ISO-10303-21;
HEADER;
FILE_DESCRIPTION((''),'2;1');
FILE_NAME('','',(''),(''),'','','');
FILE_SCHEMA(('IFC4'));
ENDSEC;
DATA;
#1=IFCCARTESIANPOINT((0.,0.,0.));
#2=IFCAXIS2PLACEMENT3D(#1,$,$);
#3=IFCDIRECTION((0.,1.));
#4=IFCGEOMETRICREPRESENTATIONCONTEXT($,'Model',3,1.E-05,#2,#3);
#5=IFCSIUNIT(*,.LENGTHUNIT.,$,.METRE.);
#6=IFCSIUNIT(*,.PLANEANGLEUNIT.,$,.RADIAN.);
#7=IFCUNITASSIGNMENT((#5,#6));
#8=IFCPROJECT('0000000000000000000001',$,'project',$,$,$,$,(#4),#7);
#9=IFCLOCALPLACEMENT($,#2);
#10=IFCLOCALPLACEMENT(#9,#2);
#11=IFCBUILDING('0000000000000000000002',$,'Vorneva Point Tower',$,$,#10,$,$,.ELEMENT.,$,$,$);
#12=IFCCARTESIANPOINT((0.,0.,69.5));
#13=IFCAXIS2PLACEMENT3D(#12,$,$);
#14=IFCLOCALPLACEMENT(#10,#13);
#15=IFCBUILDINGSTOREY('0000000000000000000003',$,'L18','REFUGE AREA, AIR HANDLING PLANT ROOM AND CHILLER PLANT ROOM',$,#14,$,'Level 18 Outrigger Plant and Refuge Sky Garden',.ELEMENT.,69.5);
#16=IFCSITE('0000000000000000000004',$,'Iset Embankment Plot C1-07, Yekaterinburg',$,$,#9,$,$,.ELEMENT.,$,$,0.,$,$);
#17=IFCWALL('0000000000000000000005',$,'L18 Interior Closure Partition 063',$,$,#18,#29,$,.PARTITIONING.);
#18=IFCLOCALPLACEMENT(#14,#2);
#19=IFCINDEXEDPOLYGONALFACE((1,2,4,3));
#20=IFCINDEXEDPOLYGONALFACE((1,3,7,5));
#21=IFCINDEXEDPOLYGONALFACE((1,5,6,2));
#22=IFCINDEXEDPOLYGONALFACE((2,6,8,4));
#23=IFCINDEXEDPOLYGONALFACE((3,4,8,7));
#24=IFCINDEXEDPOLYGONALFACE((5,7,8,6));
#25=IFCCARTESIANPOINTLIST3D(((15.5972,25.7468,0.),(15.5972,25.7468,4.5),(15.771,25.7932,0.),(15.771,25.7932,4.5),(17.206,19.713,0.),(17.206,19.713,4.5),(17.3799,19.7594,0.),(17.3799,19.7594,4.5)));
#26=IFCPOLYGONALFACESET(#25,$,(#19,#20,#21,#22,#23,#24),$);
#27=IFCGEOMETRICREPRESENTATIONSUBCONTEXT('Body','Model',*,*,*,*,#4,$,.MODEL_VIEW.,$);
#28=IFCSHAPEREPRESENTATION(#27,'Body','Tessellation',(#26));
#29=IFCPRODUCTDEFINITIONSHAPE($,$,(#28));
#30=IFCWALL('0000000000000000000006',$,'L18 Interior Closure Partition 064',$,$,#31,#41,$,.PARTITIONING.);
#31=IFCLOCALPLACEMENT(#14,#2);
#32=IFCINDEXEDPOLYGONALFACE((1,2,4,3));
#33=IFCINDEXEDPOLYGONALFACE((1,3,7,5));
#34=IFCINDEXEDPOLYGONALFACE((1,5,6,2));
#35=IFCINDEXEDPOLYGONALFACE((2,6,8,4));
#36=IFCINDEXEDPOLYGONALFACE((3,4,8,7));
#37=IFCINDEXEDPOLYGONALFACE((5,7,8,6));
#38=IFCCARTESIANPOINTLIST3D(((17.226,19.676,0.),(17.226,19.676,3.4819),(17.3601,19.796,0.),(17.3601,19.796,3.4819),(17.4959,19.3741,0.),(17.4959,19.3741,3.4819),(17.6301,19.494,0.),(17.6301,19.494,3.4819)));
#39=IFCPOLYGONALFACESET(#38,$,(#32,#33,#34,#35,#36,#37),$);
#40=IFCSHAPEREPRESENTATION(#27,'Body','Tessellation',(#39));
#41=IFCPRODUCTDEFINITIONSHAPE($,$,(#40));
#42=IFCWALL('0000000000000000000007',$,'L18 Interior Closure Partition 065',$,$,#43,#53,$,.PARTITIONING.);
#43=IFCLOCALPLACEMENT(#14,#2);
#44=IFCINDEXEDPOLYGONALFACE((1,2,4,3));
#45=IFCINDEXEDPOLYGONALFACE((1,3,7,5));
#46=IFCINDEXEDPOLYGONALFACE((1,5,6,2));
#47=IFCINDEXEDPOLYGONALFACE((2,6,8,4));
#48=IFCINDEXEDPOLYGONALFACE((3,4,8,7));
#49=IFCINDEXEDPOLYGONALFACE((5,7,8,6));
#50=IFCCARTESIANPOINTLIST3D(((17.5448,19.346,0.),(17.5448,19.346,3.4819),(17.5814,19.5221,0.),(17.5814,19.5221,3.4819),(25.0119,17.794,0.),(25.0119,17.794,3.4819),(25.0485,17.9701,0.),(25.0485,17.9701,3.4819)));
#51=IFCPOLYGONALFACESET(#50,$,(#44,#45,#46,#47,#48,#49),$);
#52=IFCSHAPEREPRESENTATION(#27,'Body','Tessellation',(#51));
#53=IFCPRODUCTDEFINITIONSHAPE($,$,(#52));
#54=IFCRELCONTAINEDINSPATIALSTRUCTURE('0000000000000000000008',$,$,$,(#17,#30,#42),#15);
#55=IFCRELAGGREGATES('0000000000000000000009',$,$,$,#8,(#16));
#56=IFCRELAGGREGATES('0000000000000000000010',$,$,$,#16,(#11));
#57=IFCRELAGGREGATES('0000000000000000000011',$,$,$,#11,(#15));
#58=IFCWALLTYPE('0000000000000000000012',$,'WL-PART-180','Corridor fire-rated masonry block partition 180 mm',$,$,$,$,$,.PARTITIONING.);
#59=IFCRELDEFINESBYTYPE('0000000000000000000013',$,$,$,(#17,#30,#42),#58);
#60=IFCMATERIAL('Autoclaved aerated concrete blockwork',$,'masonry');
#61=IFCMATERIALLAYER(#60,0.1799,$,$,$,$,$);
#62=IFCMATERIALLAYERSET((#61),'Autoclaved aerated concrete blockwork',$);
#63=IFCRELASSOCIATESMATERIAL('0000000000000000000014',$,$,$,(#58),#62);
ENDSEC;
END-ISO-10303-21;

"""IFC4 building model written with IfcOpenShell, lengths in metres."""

from ifc_helpers import new_model, si_unit, direction, frame, frame_2d, origin, place, context, subcontext, project, spatial, rectangle, extrude, material, layer, layer_set, type_object, element, save


model = new_model("IFC4")

# Units and contexts
model_context = context("Model", 3, precision=1e-05, world=origin(), true_north=direction((0.0, 1.0)))
body_context = subcontext(model_context, "Body", "Model", "MODEL_VIEW")
ifc_project = project(units=[si_unit("LENGTHUNIT", "METRE"), si_unit("PLANEANGLEUNIT", "RADIAN")], contexts=[model_context])

# Site, building, storey
site_placement = place(None, origin())
site = spatial("IfcSite", under=ifc_project, at=site_placement, Name="Iset Embankment Plot C1-07, Yekaterinburg", CompositionType="ELEMENT", RefElevation=0.0)
building_placement = place(site_placement, origin())
building = spatial("IfcBuilding", under=site, at=building_placement, Name="Vorneva Point Tower", CompositionType="ELEMENT")
storey_placement = place(building_placement, frame((0.0, 0.0, 69.5)))
storey = spatial("IfcBuildingStorey", under=building, at=storey_placement, Name="L18", Description="REFUGE AREA, AIR HANDLING PLANT ROOM AND CHILLER PLANT ROOM", LongName="Level 18 Outrigger Plant and Refuge Sky Garden", CompositionType="ELEMENT", Elevation=69.5)

# Walls
ifc_material_1 = material(Name="Autoclaved aerated concrete blockwork", Category="masonry")
ifc_layer_1 = layer(ifc_material_1, 0.1799)
ifc_layer_set_1 = layer_set([ifc_layer_1], Name="Autoclaved aerated concrete blockwork")
wall_type_1 = type_object("IfcWallType", Name="WL-PART-180", Description="Corridor fire-rated masonry block partition 180 mm", PredefinedType="PARTITIONING", material=ifc_layer_set_1)
wall_1_placement = place(storey_placement, frame((15.6841, 25.77, 0.0), z_axis=(0.0, 0.0, 1.0), x_axis=(0.257638, -0.966241, 0.0)))
element("IfcWall", 1, at=wall_1_placement, inside=storey, type_object=wall_type_1, Name="L18 Interior Closure Partition 063", PredefinedType="PARTITIONING", context=body_context, shape_type="SweptSolid", body=[
    extrude(rectangle(XDim=6.2446, YDim=0.1799, at=frame_2d((3.1223, 0.0))), origin(), (0.0, 0.0, 1.0), 4.5),
])
wall_2_placement = place(storey_placement, frame((17.293, 19.7361, 0.0), z_axis=(0.0, 0.0, 1.0), x_axis=(0.666531, -0.745478, 0.0)))
element("IfcWall", 2, at=wall_2_placement, inside=storey, type_object=wall_type_1, Name="L18 Interior Closure Partition 064", PredefinedType="PARTITIONING", context=body_context, shape_type="SweptSolid", body=[
    extrude(rectangle(XDim=0.405, YDim=0.1799, at=frame_2d((0.2026, 0.0))), origin(), (0.0, 0.0, 1.0), 3.4819),
])
wall_3_placement = place(storey_placement, frame((17.563, 19.4341, 0.0), z_axis=(0.0, 0.0, 1.0), x_axis=(0.979075, -0.203498, 0.0)))
element("IfcWall", 3, at=wall_3_placement, inside=storey, type_object=wall_type_1, Name="L18 Interior Closure Partition 065", PredefinedType="PARTITIONING", context=body_context, shape_type="SweptSolid", body=[
    extrude(rectangle(XDim=7.6267, YDim=0.1799, at=frame_2d((3.8135, 0.0))), origin(), (0.0, 0.0, 1.0), 3.4819),
])

save(model, "model.ifc")
